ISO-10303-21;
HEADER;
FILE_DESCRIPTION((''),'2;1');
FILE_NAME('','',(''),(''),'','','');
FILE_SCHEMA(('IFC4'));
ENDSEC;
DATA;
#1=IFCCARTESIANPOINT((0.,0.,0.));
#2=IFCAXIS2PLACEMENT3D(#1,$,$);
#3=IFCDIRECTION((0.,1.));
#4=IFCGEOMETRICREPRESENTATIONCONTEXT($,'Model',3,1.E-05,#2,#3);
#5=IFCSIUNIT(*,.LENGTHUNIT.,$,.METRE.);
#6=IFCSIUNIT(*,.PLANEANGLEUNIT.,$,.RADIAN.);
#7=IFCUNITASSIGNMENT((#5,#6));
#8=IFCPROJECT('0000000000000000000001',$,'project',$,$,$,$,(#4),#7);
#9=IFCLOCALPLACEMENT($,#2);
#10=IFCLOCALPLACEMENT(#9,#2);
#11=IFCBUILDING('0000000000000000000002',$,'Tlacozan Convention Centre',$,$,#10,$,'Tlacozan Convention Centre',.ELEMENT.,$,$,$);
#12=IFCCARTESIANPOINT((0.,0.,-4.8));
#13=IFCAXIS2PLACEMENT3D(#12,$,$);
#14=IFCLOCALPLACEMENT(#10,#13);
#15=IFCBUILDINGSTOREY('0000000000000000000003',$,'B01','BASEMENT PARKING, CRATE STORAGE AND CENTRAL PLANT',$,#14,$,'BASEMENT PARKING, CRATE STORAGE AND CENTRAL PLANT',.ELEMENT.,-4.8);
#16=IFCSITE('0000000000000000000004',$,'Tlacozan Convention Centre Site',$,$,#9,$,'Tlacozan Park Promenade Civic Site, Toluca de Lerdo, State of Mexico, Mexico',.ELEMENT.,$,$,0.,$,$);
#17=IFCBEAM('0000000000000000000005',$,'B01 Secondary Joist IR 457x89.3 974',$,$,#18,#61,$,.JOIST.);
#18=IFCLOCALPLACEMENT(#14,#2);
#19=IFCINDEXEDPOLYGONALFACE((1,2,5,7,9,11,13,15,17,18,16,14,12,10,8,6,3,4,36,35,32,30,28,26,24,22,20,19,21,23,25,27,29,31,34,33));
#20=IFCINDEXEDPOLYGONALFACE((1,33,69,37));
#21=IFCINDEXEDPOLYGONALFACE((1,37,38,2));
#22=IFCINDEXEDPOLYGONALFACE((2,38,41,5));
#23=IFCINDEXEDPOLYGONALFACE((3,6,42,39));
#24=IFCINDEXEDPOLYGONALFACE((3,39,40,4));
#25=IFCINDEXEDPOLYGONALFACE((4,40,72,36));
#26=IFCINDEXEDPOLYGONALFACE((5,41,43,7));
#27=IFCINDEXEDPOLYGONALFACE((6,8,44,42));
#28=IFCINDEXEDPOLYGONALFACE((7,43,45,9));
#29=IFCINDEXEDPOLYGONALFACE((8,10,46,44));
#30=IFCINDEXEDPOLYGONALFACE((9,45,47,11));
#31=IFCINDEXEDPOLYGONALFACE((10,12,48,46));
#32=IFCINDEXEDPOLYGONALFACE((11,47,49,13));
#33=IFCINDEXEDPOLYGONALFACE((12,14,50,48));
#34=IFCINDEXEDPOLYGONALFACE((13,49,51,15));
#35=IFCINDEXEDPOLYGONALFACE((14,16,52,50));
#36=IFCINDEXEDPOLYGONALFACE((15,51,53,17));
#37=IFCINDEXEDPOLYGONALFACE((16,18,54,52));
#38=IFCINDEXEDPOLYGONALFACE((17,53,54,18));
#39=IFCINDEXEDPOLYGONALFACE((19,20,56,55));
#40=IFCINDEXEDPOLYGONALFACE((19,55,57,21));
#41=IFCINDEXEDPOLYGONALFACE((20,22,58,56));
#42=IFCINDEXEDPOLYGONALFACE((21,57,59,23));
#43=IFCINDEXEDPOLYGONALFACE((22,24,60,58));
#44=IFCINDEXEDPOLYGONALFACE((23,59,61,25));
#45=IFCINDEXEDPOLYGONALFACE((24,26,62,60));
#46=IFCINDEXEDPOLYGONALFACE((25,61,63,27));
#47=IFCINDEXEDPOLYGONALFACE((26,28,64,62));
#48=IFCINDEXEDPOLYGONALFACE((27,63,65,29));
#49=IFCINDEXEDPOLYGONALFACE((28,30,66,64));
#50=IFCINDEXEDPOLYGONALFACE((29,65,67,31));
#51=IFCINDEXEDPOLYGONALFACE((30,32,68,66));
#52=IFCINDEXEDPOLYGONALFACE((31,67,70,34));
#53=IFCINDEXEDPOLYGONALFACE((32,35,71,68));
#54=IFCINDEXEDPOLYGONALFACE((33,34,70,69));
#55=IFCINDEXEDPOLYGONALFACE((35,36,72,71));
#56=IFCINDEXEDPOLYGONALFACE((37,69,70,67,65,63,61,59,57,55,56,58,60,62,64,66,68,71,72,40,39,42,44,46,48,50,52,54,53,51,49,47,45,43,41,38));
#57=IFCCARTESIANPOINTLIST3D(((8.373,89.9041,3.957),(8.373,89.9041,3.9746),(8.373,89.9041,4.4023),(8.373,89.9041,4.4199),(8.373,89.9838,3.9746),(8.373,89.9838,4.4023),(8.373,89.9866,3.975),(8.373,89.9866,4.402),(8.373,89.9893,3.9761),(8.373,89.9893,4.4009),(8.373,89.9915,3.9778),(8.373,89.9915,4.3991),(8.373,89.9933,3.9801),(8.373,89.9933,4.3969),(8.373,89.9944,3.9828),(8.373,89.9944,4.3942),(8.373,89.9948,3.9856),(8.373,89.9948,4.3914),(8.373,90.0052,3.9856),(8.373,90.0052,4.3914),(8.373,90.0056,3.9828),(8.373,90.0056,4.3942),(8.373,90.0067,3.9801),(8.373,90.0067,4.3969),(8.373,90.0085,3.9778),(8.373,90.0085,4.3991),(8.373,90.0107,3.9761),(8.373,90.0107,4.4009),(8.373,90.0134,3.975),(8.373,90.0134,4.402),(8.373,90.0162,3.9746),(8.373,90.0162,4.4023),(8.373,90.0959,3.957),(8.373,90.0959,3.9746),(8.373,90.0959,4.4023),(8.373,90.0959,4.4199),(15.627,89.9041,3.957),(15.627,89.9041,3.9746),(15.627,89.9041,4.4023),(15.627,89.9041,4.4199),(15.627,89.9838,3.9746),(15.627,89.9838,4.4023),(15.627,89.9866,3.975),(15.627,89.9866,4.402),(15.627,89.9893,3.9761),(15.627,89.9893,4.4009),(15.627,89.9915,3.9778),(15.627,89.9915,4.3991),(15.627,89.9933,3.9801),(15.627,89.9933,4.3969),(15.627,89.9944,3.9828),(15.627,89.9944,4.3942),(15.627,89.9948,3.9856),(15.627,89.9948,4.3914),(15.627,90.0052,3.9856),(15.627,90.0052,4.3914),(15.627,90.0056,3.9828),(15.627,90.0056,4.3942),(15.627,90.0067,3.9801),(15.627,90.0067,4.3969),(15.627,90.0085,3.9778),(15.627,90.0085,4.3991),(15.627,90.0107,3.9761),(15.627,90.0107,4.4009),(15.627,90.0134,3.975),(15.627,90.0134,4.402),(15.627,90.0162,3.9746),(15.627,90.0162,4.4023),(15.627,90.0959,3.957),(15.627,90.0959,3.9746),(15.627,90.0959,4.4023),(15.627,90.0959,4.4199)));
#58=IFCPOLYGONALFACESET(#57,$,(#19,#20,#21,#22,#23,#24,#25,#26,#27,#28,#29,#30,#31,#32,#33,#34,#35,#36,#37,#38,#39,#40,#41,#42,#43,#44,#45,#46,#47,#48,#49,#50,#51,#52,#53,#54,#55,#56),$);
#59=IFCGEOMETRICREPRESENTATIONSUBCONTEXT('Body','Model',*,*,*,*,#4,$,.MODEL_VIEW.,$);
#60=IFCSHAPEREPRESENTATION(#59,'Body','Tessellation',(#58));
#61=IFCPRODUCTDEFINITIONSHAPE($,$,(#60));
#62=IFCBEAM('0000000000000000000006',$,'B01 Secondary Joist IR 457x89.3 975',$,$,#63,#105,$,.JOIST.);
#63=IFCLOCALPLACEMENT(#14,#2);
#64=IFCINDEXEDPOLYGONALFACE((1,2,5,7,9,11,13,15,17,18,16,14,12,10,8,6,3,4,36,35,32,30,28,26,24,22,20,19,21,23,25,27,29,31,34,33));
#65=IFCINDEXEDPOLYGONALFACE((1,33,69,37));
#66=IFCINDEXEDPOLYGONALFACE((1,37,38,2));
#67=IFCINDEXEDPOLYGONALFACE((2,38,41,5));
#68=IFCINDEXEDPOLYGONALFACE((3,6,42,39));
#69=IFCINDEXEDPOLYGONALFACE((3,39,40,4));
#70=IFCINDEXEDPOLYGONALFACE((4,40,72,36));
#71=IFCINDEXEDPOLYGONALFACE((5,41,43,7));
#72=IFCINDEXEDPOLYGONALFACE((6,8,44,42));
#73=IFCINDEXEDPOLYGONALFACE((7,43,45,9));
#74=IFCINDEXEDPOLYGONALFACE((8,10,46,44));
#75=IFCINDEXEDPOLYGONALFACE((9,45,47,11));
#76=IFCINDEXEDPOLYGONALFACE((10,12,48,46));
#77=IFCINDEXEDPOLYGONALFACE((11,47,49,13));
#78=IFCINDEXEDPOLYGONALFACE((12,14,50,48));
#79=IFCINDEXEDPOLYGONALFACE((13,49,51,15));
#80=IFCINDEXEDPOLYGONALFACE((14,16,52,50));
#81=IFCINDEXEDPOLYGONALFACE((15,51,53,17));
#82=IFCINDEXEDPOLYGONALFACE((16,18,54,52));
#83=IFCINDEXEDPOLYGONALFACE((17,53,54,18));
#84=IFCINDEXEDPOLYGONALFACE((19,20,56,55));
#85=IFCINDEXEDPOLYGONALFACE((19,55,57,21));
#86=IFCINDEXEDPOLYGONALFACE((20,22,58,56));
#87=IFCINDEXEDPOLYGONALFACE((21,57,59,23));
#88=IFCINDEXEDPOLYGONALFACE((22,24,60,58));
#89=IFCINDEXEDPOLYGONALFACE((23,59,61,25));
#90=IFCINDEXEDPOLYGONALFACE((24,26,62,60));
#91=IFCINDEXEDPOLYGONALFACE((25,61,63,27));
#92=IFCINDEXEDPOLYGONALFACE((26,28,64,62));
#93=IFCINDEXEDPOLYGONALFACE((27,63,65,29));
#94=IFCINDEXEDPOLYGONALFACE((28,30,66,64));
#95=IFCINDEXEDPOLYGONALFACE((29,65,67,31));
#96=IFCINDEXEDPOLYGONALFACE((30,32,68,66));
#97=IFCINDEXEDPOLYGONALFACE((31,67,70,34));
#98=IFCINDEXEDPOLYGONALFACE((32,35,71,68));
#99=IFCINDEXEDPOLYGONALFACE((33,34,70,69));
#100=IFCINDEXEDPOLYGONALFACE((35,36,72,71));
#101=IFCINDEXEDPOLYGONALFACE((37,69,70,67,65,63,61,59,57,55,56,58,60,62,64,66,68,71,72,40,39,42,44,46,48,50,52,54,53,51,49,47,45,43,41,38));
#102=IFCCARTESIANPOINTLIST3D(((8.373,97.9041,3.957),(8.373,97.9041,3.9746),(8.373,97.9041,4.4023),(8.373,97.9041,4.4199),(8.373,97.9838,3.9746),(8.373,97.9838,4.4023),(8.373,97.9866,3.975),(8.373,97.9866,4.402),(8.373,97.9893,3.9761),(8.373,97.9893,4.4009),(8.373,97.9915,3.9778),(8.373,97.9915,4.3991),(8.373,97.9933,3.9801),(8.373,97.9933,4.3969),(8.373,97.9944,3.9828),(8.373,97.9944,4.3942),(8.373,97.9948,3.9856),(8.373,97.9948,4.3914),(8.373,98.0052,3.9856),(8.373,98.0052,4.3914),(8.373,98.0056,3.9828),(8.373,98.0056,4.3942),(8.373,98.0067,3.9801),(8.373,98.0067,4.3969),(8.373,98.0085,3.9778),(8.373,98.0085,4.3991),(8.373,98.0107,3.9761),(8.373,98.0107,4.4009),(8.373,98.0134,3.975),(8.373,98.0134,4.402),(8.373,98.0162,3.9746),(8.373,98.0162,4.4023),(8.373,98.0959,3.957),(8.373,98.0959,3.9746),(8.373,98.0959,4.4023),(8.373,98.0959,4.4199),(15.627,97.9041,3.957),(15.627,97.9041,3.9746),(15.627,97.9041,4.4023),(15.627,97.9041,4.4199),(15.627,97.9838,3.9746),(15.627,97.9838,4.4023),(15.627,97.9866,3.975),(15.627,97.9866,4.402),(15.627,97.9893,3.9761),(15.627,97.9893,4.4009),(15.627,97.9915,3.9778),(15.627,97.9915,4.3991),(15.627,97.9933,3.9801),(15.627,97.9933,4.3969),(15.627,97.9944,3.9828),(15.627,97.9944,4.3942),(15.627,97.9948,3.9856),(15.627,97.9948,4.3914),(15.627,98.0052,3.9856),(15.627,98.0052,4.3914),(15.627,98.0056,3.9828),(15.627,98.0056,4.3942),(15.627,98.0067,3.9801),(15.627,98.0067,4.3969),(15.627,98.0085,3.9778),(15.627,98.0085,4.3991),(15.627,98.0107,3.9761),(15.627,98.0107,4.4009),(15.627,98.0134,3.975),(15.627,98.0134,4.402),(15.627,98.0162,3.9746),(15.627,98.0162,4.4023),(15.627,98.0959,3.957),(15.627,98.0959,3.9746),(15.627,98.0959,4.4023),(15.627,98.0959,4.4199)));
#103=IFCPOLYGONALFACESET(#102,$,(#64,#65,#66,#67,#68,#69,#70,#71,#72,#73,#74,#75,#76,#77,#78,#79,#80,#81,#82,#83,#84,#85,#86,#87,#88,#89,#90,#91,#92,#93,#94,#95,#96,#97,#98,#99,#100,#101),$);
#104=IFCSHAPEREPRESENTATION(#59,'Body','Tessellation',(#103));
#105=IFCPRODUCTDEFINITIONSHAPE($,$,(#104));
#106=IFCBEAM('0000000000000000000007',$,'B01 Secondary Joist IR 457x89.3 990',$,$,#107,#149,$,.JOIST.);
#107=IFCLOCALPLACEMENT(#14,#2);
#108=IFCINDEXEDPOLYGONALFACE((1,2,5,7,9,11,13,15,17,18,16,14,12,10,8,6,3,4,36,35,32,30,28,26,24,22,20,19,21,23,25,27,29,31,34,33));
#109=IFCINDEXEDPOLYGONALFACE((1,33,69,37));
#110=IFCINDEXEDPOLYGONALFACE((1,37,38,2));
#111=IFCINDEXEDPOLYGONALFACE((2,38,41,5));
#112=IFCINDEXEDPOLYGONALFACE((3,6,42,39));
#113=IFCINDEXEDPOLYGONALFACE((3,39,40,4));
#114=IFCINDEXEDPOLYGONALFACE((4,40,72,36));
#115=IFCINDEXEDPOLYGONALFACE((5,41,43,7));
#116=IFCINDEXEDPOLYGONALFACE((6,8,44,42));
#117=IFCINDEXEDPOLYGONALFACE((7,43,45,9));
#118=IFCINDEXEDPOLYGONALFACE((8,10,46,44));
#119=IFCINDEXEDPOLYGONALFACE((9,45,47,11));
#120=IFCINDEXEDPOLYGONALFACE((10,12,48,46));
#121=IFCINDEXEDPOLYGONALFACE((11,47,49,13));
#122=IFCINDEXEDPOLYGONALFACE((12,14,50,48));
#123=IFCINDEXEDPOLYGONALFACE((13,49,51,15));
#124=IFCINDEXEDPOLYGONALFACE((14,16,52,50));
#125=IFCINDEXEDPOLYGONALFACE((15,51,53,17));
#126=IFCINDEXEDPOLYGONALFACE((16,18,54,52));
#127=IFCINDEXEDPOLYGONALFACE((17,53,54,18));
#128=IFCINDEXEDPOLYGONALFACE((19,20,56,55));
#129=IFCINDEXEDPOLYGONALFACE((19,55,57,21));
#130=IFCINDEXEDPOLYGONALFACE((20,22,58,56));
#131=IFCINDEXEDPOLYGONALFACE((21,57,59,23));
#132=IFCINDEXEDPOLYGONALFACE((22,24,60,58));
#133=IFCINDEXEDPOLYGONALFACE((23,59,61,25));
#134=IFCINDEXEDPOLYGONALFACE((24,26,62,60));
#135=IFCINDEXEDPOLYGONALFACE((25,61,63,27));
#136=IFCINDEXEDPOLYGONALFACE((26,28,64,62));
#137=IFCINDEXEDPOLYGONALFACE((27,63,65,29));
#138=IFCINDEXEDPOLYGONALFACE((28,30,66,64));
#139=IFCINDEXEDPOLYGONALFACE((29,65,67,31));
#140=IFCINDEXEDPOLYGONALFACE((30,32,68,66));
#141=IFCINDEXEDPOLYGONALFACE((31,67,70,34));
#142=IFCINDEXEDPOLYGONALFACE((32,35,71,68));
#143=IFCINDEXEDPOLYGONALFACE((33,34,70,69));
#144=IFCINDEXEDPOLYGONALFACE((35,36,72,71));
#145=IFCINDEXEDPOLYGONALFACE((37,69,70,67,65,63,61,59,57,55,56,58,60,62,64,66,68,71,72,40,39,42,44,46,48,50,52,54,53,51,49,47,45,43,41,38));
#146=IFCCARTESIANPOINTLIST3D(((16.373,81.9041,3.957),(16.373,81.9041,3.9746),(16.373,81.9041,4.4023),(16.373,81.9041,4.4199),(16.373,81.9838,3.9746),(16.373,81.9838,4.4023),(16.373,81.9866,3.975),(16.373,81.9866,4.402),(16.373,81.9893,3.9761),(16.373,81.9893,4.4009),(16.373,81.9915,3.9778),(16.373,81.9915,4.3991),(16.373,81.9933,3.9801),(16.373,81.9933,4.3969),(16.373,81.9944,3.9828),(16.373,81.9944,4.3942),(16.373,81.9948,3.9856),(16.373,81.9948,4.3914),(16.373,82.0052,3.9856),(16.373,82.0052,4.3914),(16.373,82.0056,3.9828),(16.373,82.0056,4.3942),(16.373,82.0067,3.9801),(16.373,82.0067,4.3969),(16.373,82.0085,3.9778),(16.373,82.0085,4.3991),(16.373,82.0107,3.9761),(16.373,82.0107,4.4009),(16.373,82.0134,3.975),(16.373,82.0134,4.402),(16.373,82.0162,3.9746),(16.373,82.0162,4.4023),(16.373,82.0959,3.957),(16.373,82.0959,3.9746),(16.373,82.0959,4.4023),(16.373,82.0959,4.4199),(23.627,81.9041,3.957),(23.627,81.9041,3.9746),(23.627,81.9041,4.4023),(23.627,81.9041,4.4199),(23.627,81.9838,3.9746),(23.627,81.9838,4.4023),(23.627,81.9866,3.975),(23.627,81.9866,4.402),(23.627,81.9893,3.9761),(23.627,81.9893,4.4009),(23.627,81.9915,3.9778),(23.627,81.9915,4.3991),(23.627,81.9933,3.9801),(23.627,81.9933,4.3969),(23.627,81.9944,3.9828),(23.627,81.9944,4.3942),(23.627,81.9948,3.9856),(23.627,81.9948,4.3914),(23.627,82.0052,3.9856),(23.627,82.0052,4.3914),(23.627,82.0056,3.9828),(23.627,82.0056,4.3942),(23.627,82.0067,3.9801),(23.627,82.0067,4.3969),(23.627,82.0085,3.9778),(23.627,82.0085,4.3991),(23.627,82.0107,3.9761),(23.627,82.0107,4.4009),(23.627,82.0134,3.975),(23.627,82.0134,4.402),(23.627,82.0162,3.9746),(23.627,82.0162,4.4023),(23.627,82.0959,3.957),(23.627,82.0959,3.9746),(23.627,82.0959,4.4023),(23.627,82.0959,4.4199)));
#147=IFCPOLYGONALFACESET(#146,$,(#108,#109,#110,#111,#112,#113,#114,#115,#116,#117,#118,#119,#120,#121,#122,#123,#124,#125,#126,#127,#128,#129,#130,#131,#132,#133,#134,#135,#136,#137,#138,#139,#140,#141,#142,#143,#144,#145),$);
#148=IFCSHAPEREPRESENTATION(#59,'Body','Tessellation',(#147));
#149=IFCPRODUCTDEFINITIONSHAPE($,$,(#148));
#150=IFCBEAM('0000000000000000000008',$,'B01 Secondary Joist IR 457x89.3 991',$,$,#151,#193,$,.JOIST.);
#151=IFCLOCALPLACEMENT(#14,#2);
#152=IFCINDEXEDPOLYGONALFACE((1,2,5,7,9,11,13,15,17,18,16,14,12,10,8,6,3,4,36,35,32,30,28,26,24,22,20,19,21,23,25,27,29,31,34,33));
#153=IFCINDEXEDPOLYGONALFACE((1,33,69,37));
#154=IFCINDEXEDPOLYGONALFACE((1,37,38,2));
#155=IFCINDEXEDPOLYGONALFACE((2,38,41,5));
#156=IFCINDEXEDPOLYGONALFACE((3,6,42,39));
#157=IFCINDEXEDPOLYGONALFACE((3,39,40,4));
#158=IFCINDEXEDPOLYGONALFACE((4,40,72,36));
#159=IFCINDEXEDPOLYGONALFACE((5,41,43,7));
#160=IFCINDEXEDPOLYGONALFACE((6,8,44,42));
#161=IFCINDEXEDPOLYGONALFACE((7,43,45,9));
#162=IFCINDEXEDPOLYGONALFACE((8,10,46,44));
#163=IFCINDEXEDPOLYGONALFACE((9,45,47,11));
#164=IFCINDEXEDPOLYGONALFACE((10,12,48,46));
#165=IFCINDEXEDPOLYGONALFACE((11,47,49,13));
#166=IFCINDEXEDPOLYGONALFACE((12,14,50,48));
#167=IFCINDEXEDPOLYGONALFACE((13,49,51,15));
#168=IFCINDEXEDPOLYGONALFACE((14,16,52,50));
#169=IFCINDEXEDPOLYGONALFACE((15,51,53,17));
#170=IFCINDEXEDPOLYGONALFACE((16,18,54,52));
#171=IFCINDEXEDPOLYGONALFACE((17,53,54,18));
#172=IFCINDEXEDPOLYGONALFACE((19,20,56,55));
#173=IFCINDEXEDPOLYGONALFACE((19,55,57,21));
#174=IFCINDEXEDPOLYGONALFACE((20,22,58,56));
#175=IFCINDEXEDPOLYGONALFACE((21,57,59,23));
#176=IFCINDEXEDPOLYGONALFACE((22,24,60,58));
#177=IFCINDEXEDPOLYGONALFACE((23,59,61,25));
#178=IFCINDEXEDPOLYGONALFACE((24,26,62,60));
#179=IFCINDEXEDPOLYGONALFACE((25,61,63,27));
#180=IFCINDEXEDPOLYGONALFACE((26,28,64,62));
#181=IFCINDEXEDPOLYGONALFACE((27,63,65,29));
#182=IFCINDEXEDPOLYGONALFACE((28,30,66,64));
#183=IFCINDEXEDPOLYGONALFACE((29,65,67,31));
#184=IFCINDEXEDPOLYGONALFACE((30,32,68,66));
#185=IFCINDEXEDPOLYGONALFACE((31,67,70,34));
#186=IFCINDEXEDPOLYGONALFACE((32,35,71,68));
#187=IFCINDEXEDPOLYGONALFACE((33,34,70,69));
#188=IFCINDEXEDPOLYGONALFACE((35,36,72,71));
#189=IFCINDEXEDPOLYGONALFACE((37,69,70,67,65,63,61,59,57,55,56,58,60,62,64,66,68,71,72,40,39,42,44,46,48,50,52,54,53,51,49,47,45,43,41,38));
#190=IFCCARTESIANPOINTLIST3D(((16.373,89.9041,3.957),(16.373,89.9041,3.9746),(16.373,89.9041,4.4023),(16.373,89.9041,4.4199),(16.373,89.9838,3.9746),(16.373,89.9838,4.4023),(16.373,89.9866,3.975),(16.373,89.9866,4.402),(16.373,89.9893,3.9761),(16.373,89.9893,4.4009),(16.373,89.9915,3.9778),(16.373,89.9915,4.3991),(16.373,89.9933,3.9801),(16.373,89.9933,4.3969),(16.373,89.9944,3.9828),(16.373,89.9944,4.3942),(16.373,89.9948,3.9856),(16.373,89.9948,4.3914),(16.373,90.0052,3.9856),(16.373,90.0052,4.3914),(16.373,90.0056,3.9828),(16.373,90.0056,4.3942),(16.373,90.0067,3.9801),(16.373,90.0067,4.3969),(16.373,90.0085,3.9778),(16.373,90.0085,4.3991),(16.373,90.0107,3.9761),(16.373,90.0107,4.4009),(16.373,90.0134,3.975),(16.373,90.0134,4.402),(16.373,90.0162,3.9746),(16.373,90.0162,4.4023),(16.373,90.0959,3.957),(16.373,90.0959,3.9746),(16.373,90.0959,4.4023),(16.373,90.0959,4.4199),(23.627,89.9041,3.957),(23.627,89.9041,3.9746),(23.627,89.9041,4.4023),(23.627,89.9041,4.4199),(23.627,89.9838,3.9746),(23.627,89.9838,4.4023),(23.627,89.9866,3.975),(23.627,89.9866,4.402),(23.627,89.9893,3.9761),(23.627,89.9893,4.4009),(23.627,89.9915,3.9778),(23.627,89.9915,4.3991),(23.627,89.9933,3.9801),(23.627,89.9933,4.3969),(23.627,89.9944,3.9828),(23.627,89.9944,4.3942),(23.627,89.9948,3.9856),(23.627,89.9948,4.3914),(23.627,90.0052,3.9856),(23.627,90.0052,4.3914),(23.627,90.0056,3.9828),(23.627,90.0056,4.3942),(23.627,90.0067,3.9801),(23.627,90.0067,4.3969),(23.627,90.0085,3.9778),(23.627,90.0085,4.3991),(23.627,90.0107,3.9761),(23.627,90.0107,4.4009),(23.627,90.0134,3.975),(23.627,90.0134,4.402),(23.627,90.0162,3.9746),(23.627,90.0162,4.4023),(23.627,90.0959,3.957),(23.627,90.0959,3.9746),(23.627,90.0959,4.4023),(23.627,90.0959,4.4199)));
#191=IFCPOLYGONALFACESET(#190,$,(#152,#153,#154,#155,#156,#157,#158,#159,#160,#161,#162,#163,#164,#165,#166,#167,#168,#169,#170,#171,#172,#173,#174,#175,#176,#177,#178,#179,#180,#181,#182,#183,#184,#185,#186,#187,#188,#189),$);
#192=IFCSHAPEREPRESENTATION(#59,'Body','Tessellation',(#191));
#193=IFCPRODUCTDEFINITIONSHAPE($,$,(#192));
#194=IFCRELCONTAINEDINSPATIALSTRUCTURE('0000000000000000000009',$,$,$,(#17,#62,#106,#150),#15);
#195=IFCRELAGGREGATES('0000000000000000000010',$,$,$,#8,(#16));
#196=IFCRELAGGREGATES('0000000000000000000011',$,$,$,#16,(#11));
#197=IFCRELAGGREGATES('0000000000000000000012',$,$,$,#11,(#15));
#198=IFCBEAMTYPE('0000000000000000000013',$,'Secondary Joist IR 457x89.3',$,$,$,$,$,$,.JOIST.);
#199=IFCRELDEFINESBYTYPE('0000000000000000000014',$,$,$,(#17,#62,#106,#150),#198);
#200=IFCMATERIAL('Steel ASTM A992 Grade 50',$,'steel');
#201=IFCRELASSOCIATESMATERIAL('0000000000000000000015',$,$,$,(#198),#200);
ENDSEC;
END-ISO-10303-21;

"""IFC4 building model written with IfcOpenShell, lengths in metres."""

from ifc_helpers import new_model, si_unit, direction, frame, origin, origin_2d, place, context, subcontext, project, spatial, i_section, extrude, material, material_profile, profile_set, type_object, element, save


model = new_model("IFC4")

# Units and contexts
model_context = context("Model", 3, precision=1e-05, world=origin(), true_north=direction((0.0, 1.0)))
body_context = subcontext(model_context, "Body", "Model", "MODEL_VIEW")
ifc_project = project(units=[si_unit("LENGTHUNIT", "METRE"), si_unit("PLANEANGLEUNIT", "RADIAN")], contexts=[model_context])

# Site, building, storey
site_placement = place(None, origin())
site = spatial("IfcSite", under=ifc_project, at=site_placement, Name="Tlacozan Convention Centre Site", LongName="Tlacozan Park Promenade Civic Site, Toluca de Lerdo, State of Mexico, Mexico", CompositionType="ELEMENT", RefElevation=0.0)
building_placement = place(site_placement, origin())
building = spatial("IfcBuilding", under=site, at=building_placement, Name="Tlacozan Convention Centre", LongName="Tlacozan Convention Centre", CompositionType="ELEMENT")
storey_placement = place(building_placement, frame((0.0, 0.0, -4.8)))
storey = spatial("IfcBuildingStorey", under=building, at=storey_placement, Name="B01", Description="BASEMENT PARKING, CRATE STORAGE AND CENTRAL PLANT", LongName="BASEMENT PARKING, CRATE STORAGE AND CENTRAL PLANT", CompositionType="ELEMENT", Elevation=-4.8)

# Beams
ifc_material_1 = material(Name="Steel ASTM A992 Grade 50", Category="steel")
ifc_material_profile_1 = material_profile(ifc_material_1, i_section(OverallWidth=0.1919, OverallDepth=0.4629, WebThickness=0.0105, FlangeThickness=0.0176, FilletRadius=0.011, at=origin_2d()), Name="IR 457x89.3")
ifc_profile_set_1 = profile_set([ifc_material_profile_1], Name="Steel ASTM A992 Grade 50")
beam_type_1 = type_object("IfcBeamType", Name="Secondary Joist IR 457x89.3", PredefinedType="JOIST", material=ifc_profile_set_1)
for number, where, z_axis, x_axis, name in (
    (1, (8.373, 90.0, 4.1885), (1.0, 0.0, 0.0), (0.0, 1.0, 0.0), "B01 Secondary Joist IR 457x89.3 974"),
    (2, (8.373, 98.0, 4.1885), (1.0, 0.0, 0.0), (0.0, 1.0, 0.0), "B01 Secondary Joist IR 457x89.3 975"),
    (3, (16.373, 82.0, 4.1885), (1.0, 0.0, 0.0), (0.0, 1.0, 0.0), "B01 Secondary Joist IR 457x89.3 990"),
    (4, (16.373, 90.0, 4.1885), (1.0, 0.0, 0.0), (0.0, 1.0, 0.0), "B01 Secondary Joist IR 457x89.3 991"),
):
    element("IfcBeam", number, at=place(storey_placement, frame(where, z_axis=z_axis, x_axis=x_axis)), inside=storey, type_object=beam_type_1, Name=name, PredefinedType="JOIST", context=body_context, shape_type="SweptSolid", body=[
        extrude(i_section(OverallWidth=0.1919, OverallDepth=0.4629, WebThickness=0.0105, FlangeThickness=0.0176, FilletRadius=0.011, at=origin_2d()), origin(), (0.0, 0.0, 1.0), 7.2539),
    ])

save(model, "model.ifc")
